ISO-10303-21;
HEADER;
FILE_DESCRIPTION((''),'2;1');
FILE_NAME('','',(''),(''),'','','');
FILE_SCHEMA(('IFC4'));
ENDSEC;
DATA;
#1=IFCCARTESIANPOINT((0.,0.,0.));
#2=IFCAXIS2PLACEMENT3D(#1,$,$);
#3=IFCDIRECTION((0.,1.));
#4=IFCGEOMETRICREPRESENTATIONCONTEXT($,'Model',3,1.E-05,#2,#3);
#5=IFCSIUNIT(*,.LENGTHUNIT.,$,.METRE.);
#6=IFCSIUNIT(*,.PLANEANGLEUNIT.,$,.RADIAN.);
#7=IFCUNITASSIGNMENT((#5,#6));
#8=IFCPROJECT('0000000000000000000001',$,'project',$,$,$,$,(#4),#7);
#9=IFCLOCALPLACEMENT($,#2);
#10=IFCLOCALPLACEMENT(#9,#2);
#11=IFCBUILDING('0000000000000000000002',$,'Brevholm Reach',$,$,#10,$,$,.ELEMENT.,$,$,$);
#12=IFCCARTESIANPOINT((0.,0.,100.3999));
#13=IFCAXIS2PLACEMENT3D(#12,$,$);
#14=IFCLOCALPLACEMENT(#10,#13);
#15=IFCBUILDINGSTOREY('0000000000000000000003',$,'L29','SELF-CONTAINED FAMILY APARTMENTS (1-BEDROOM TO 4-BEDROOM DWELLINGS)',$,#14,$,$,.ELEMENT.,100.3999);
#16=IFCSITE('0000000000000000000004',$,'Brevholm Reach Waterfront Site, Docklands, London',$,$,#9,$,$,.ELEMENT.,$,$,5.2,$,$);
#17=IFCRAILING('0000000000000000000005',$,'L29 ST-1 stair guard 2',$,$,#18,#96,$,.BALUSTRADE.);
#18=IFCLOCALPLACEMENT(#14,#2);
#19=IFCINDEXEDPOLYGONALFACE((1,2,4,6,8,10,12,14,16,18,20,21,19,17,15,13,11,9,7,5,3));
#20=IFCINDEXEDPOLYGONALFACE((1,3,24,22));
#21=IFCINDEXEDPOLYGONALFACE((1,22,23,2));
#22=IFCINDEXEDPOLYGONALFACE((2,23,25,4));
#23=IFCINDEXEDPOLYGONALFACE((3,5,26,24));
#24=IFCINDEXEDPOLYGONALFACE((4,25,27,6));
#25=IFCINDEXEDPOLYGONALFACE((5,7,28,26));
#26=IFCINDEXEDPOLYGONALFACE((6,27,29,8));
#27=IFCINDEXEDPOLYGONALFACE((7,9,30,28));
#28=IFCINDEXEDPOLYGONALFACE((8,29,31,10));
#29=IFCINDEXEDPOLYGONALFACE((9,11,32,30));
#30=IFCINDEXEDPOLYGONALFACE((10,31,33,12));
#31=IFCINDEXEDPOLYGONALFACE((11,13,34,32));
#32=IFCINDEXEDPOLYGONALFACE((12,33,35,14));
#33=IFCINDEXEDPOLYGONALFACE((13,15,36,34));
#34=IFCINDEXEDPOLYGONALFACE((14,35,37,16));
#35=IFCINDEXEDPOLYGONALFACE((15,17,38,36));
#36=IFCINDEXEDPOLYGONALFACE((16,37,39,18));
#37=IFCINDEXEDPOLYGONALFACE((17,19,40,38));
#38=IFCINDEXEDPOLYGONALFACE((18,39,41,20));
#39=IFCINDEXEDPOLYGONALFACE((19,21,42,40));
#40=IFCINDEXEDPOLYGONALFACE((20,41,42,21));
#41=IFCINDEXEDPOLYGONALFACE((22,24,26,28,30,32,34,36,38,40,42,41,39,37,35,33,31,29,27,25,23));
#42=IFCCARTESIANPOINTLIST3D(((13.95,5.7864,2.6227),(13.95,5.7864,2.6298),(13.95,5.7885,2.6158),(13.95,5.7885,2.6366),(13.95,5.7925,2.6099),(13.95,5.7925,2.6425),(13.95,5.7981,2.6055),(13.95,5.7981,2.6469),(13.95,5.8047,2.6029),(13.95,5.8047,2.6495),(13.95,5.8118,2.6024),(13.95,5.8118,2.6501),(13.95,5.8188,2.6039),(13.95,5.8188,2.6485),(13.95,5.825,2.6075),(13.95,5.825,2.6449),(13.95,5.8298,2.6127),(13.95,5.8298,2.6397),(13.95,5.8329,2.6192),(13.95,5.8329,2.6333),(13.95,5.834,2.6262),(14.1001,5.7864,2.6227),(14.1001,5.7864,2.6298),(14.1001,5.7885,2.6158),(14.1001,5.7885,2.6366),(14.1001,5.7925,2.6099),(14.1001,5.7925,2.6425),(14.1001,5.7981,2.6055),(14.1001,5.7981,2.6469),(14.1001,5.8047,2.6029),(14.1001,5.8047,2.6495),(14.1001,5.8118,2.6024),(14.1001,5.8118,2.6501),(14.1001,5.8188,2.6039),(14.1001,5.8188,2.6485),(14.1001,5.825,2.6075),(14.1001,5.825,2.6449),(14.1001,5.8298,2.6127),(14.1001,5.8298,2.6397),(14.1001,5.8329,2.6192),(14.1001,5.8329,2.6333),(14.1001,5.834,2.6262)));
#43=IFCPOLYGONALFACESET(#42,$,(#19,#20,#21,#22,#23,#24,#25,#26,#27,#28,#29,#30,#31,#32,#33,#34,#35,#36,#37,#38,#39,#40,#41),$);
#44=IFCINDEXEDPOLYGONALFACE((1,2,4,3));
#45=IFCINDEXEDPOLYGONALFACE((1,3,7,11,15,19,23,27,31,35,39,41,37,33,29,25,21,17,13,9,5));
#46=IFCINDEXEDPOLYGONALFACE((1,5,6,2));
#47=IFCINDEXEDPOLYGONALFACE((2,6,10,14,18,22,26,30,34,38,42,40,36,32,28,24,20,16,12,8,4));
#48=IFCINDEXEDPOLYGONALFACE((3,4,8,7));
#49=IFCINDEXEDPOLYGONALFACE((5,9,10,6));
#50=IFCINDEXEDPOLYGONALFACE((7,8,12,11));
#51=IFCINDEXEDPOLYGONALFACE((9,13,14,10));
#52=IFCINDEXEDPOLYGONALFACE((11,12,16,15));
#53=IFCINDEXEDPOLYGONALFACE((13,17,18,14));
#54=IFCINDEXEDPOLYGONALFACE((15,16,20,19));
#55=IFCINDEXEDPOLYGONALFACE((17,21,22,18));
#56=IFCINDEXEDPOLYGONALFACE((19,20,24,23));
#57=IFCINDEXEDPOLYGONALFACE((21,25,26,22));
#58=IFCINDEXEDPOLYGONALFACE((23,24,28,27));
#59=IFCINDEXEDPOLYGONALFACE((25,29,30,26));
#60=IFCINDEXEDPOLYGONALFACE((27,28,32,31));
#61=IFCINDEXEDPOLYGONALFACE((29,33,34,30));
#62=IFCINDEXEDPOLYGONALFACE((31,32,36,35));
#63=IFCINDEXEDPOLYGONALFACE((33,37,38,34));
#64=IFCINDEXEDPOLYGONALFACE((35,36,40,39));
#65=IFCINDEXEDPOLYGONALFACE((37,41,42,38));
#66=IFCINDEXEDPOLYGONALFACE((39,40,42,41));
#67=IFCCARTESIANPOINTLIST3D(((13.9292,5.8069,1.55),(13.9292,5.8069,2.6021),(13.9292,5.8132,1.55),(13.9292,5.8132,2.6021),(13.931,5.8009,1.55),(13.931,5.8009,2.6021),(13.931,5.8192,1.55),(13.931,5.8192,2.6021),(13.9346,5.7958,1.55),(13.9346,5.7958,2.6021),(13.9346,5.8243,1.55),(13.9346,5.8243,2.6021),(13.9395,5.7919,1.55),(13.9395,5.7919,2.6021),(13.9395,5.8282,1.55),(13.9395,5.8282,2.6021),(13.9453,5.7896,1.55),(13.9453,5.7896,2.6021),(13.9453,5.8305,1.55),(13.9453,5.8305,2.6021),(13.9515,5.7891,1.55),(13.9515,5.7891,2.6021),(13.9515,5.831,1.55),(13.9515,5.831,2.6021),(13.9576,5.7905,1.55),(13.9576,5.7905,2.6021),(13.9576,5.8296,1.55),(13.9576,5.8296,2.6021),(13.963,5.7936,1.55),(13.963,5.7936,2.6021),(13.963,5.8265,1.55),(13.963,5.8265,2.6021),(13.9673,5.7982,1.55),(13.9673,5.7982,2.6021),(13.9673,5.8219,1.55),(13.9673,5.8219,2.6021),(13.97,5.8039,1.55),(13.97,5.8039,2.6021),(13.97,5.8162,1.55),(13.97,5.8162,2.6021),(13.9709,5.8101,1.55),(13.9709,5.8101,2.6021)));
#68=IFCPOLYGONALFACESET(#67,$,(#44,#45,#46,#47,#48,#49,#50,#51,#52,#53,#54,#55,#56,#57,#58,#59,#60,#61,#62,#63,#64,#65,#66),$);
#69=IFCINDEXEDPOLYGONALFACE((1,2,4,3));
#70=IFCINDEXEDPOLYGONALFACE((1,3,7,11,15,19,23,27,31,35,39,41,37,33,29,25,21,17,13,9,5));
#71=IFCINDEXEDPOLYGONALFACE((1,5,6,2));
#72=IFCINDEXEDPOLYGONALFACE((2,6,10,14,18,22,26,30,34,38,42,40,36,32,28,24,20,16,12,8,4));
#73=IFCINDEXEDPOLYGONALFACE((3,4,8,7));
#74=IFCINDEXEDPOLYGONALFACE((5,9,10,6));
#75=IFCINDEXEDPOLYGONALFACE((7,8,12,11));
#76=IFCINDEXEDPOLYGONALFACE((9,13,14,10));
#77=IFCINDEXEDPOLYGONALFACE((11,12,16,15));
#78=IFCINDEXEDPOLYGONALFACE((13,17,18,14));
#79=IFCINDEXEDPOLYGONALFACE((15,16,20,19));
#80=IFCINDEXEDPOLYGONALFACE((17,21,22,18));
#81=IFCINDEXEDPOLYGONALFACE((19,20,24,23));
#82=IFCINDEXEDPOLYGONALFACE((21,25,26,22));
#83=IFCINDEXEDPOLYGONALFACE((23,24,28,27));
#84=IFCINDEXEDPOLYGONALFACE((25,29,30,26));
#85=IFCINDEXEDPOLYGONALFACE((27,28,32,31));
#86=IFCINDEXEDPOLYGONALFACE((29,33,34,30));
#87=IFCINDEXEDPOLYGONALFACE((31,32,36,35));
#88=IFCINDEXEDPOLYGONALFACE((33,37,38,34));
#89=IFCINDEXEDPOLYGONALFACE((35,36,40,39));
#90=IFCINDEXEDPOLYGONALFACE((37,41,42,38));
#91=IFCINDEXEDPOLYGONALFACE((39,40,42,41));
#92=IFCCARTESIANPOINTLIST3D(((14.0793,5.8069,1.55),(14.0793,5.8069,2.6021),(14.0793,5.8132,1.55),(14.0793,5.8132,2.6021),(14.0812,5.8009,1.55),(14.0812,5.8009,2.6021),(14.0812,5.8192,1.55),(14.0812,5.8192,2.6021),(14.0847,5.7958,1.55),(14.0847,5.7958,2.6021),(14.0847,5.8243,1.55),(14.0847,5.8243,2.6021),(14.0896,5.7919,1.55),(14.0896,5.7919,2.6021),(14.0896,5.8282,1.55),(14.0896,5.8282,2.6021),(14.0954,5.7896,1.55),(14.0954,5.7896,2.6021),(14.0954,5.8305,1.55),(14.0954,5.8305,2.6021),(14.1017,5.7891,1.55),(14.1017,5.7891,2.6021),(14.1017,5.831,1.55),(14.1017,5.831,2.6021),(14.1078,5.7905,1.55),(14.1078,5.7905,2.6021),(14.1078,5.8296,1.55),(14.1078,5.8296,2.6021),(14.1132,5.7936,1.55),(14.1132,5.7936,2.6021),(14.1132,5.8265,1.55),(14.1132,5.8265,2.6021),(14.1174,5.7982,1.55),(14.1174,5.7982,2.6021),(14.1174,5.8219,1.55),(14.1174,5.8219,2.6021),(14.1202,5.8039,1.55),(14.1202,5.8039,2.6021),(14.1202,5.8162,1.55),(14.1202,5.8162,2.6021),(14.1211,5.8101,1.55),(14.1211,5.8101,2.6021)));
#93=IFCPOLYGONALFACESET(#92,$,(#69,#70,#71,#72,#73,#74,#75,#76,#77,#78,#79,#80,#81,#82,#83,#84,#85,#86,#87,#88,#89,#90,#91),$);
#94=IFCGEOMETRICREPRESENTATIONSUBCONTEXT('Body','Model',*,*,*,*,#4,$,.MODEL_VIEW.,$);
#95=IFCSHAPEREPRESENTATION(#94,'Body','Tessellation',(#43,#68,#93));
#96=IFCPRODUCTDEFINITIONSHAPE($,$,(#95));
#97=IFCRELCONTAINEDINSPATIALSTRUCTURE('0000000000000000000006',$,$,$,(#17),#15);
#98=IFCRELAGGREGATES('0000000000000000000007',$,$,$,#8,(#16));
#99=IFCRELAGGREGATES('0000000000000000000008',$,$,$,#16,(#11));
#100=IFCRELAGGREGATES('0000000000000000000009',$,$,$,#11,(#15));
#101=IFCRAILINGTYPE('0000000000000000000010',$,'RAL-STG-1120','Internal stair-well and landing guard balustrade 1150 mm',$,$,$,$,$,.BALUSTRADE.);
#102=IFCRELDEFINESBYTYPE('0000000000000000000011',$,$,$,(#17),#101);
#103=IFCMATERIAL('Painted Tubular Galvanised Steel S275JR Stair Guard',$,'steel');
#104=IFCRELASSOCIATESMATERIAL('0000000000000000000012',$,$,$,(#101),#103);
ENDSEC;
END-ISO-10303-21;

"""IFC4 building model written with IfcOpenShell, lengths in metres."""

from ifc_helpers import new_model, si_unit, direction, frame, origin, origin_2d, place, context, subcontext, project, spatial, circle, extrude, material, type_object, element, save


model = new_model("IFC4")

# Units and contexts
model_context = context("Model", 3, precision=1e-05, world=origin(), true_north=direction((0.0, 1.0)))
body_context = subcontext(model_context, "Body", "Model", "MODEL_VIEW")
ifc_project = project(units=[si_unit("LENGTHUNIT", "METRE"), si_unit("PLANEANGLEUNIT", "RADIAN")], contexts=[model_context])

# Site, building, storey
site_placement = place(None, origin())
site = spatial("IfcSite", under=ifc_project, at=site_placement, Name="Brevholm Reach Waterfront Site, Docklands, London", CompositionType="ELEMENT", RefElevation=5.2)
building_placement = place(site_placement, origin())
building = spatial("IfcBuilding", under=site, at=building_placement, Name="Brevholm Reach", CompositionType="ELEMENT")
storey_placement = place(building_placement, frame((0.0, 0.0, 100.3999)))
storey = spatial("IfcBuildingStorey", under=building, at=storey_placement, Name="L29", Description="SELF-CONTAINED FAMILY APARTMENTS (1-BEDROOM TO 4-BEDROOM DWELLINGS)", CompositionType="ELEMENT", Elevation=100.3999)

# Railing
ifc_material_1 = material(Name="Painted Tubular Galvanised Steel S275JR Stair Guard", Category="steel")
railing_type_1 = type_object("IfcRailingType", Name="RAL-STG-1120", Description="Internal stair-well and landing guard balustrade 1150 mm", PredefinedType="BALUSTRADE", material=ifc_material_1)
railing_1_placement = place(storey_placement, frame((13.95, 5.8101, 1.55)))
element("IfcRailing", 1, at=railing_1_placement, inside=storey, type_object=railing_type_1, Name="L29 ST-1 stair guard 2", PredefinedType="BALUSTRADE", context=body_context, shape_type="SweptSolid", body=[
    extrude(circle(Radius=0.0239, at=origin_2d()), frame((0.0, 0.0, 1.0762), z_axis=(1.0, 0.0, 0.0), x_axis=(0.0, 1.0, 0.0)), (0.0, 0.0, 1.0), 0.1501),
    extrude(circle(Radius=0.021, at=origin_2d()), origin(), (0.0, 0.0, 1.0), 1.052),
    extrude(circle(Radius=0.021, at=origin_2d()), frame((0.1501, 0.0, 0.0)), (0.0, 0.0, 1.0), 1.052),
])

save(model, "model.ifc")
